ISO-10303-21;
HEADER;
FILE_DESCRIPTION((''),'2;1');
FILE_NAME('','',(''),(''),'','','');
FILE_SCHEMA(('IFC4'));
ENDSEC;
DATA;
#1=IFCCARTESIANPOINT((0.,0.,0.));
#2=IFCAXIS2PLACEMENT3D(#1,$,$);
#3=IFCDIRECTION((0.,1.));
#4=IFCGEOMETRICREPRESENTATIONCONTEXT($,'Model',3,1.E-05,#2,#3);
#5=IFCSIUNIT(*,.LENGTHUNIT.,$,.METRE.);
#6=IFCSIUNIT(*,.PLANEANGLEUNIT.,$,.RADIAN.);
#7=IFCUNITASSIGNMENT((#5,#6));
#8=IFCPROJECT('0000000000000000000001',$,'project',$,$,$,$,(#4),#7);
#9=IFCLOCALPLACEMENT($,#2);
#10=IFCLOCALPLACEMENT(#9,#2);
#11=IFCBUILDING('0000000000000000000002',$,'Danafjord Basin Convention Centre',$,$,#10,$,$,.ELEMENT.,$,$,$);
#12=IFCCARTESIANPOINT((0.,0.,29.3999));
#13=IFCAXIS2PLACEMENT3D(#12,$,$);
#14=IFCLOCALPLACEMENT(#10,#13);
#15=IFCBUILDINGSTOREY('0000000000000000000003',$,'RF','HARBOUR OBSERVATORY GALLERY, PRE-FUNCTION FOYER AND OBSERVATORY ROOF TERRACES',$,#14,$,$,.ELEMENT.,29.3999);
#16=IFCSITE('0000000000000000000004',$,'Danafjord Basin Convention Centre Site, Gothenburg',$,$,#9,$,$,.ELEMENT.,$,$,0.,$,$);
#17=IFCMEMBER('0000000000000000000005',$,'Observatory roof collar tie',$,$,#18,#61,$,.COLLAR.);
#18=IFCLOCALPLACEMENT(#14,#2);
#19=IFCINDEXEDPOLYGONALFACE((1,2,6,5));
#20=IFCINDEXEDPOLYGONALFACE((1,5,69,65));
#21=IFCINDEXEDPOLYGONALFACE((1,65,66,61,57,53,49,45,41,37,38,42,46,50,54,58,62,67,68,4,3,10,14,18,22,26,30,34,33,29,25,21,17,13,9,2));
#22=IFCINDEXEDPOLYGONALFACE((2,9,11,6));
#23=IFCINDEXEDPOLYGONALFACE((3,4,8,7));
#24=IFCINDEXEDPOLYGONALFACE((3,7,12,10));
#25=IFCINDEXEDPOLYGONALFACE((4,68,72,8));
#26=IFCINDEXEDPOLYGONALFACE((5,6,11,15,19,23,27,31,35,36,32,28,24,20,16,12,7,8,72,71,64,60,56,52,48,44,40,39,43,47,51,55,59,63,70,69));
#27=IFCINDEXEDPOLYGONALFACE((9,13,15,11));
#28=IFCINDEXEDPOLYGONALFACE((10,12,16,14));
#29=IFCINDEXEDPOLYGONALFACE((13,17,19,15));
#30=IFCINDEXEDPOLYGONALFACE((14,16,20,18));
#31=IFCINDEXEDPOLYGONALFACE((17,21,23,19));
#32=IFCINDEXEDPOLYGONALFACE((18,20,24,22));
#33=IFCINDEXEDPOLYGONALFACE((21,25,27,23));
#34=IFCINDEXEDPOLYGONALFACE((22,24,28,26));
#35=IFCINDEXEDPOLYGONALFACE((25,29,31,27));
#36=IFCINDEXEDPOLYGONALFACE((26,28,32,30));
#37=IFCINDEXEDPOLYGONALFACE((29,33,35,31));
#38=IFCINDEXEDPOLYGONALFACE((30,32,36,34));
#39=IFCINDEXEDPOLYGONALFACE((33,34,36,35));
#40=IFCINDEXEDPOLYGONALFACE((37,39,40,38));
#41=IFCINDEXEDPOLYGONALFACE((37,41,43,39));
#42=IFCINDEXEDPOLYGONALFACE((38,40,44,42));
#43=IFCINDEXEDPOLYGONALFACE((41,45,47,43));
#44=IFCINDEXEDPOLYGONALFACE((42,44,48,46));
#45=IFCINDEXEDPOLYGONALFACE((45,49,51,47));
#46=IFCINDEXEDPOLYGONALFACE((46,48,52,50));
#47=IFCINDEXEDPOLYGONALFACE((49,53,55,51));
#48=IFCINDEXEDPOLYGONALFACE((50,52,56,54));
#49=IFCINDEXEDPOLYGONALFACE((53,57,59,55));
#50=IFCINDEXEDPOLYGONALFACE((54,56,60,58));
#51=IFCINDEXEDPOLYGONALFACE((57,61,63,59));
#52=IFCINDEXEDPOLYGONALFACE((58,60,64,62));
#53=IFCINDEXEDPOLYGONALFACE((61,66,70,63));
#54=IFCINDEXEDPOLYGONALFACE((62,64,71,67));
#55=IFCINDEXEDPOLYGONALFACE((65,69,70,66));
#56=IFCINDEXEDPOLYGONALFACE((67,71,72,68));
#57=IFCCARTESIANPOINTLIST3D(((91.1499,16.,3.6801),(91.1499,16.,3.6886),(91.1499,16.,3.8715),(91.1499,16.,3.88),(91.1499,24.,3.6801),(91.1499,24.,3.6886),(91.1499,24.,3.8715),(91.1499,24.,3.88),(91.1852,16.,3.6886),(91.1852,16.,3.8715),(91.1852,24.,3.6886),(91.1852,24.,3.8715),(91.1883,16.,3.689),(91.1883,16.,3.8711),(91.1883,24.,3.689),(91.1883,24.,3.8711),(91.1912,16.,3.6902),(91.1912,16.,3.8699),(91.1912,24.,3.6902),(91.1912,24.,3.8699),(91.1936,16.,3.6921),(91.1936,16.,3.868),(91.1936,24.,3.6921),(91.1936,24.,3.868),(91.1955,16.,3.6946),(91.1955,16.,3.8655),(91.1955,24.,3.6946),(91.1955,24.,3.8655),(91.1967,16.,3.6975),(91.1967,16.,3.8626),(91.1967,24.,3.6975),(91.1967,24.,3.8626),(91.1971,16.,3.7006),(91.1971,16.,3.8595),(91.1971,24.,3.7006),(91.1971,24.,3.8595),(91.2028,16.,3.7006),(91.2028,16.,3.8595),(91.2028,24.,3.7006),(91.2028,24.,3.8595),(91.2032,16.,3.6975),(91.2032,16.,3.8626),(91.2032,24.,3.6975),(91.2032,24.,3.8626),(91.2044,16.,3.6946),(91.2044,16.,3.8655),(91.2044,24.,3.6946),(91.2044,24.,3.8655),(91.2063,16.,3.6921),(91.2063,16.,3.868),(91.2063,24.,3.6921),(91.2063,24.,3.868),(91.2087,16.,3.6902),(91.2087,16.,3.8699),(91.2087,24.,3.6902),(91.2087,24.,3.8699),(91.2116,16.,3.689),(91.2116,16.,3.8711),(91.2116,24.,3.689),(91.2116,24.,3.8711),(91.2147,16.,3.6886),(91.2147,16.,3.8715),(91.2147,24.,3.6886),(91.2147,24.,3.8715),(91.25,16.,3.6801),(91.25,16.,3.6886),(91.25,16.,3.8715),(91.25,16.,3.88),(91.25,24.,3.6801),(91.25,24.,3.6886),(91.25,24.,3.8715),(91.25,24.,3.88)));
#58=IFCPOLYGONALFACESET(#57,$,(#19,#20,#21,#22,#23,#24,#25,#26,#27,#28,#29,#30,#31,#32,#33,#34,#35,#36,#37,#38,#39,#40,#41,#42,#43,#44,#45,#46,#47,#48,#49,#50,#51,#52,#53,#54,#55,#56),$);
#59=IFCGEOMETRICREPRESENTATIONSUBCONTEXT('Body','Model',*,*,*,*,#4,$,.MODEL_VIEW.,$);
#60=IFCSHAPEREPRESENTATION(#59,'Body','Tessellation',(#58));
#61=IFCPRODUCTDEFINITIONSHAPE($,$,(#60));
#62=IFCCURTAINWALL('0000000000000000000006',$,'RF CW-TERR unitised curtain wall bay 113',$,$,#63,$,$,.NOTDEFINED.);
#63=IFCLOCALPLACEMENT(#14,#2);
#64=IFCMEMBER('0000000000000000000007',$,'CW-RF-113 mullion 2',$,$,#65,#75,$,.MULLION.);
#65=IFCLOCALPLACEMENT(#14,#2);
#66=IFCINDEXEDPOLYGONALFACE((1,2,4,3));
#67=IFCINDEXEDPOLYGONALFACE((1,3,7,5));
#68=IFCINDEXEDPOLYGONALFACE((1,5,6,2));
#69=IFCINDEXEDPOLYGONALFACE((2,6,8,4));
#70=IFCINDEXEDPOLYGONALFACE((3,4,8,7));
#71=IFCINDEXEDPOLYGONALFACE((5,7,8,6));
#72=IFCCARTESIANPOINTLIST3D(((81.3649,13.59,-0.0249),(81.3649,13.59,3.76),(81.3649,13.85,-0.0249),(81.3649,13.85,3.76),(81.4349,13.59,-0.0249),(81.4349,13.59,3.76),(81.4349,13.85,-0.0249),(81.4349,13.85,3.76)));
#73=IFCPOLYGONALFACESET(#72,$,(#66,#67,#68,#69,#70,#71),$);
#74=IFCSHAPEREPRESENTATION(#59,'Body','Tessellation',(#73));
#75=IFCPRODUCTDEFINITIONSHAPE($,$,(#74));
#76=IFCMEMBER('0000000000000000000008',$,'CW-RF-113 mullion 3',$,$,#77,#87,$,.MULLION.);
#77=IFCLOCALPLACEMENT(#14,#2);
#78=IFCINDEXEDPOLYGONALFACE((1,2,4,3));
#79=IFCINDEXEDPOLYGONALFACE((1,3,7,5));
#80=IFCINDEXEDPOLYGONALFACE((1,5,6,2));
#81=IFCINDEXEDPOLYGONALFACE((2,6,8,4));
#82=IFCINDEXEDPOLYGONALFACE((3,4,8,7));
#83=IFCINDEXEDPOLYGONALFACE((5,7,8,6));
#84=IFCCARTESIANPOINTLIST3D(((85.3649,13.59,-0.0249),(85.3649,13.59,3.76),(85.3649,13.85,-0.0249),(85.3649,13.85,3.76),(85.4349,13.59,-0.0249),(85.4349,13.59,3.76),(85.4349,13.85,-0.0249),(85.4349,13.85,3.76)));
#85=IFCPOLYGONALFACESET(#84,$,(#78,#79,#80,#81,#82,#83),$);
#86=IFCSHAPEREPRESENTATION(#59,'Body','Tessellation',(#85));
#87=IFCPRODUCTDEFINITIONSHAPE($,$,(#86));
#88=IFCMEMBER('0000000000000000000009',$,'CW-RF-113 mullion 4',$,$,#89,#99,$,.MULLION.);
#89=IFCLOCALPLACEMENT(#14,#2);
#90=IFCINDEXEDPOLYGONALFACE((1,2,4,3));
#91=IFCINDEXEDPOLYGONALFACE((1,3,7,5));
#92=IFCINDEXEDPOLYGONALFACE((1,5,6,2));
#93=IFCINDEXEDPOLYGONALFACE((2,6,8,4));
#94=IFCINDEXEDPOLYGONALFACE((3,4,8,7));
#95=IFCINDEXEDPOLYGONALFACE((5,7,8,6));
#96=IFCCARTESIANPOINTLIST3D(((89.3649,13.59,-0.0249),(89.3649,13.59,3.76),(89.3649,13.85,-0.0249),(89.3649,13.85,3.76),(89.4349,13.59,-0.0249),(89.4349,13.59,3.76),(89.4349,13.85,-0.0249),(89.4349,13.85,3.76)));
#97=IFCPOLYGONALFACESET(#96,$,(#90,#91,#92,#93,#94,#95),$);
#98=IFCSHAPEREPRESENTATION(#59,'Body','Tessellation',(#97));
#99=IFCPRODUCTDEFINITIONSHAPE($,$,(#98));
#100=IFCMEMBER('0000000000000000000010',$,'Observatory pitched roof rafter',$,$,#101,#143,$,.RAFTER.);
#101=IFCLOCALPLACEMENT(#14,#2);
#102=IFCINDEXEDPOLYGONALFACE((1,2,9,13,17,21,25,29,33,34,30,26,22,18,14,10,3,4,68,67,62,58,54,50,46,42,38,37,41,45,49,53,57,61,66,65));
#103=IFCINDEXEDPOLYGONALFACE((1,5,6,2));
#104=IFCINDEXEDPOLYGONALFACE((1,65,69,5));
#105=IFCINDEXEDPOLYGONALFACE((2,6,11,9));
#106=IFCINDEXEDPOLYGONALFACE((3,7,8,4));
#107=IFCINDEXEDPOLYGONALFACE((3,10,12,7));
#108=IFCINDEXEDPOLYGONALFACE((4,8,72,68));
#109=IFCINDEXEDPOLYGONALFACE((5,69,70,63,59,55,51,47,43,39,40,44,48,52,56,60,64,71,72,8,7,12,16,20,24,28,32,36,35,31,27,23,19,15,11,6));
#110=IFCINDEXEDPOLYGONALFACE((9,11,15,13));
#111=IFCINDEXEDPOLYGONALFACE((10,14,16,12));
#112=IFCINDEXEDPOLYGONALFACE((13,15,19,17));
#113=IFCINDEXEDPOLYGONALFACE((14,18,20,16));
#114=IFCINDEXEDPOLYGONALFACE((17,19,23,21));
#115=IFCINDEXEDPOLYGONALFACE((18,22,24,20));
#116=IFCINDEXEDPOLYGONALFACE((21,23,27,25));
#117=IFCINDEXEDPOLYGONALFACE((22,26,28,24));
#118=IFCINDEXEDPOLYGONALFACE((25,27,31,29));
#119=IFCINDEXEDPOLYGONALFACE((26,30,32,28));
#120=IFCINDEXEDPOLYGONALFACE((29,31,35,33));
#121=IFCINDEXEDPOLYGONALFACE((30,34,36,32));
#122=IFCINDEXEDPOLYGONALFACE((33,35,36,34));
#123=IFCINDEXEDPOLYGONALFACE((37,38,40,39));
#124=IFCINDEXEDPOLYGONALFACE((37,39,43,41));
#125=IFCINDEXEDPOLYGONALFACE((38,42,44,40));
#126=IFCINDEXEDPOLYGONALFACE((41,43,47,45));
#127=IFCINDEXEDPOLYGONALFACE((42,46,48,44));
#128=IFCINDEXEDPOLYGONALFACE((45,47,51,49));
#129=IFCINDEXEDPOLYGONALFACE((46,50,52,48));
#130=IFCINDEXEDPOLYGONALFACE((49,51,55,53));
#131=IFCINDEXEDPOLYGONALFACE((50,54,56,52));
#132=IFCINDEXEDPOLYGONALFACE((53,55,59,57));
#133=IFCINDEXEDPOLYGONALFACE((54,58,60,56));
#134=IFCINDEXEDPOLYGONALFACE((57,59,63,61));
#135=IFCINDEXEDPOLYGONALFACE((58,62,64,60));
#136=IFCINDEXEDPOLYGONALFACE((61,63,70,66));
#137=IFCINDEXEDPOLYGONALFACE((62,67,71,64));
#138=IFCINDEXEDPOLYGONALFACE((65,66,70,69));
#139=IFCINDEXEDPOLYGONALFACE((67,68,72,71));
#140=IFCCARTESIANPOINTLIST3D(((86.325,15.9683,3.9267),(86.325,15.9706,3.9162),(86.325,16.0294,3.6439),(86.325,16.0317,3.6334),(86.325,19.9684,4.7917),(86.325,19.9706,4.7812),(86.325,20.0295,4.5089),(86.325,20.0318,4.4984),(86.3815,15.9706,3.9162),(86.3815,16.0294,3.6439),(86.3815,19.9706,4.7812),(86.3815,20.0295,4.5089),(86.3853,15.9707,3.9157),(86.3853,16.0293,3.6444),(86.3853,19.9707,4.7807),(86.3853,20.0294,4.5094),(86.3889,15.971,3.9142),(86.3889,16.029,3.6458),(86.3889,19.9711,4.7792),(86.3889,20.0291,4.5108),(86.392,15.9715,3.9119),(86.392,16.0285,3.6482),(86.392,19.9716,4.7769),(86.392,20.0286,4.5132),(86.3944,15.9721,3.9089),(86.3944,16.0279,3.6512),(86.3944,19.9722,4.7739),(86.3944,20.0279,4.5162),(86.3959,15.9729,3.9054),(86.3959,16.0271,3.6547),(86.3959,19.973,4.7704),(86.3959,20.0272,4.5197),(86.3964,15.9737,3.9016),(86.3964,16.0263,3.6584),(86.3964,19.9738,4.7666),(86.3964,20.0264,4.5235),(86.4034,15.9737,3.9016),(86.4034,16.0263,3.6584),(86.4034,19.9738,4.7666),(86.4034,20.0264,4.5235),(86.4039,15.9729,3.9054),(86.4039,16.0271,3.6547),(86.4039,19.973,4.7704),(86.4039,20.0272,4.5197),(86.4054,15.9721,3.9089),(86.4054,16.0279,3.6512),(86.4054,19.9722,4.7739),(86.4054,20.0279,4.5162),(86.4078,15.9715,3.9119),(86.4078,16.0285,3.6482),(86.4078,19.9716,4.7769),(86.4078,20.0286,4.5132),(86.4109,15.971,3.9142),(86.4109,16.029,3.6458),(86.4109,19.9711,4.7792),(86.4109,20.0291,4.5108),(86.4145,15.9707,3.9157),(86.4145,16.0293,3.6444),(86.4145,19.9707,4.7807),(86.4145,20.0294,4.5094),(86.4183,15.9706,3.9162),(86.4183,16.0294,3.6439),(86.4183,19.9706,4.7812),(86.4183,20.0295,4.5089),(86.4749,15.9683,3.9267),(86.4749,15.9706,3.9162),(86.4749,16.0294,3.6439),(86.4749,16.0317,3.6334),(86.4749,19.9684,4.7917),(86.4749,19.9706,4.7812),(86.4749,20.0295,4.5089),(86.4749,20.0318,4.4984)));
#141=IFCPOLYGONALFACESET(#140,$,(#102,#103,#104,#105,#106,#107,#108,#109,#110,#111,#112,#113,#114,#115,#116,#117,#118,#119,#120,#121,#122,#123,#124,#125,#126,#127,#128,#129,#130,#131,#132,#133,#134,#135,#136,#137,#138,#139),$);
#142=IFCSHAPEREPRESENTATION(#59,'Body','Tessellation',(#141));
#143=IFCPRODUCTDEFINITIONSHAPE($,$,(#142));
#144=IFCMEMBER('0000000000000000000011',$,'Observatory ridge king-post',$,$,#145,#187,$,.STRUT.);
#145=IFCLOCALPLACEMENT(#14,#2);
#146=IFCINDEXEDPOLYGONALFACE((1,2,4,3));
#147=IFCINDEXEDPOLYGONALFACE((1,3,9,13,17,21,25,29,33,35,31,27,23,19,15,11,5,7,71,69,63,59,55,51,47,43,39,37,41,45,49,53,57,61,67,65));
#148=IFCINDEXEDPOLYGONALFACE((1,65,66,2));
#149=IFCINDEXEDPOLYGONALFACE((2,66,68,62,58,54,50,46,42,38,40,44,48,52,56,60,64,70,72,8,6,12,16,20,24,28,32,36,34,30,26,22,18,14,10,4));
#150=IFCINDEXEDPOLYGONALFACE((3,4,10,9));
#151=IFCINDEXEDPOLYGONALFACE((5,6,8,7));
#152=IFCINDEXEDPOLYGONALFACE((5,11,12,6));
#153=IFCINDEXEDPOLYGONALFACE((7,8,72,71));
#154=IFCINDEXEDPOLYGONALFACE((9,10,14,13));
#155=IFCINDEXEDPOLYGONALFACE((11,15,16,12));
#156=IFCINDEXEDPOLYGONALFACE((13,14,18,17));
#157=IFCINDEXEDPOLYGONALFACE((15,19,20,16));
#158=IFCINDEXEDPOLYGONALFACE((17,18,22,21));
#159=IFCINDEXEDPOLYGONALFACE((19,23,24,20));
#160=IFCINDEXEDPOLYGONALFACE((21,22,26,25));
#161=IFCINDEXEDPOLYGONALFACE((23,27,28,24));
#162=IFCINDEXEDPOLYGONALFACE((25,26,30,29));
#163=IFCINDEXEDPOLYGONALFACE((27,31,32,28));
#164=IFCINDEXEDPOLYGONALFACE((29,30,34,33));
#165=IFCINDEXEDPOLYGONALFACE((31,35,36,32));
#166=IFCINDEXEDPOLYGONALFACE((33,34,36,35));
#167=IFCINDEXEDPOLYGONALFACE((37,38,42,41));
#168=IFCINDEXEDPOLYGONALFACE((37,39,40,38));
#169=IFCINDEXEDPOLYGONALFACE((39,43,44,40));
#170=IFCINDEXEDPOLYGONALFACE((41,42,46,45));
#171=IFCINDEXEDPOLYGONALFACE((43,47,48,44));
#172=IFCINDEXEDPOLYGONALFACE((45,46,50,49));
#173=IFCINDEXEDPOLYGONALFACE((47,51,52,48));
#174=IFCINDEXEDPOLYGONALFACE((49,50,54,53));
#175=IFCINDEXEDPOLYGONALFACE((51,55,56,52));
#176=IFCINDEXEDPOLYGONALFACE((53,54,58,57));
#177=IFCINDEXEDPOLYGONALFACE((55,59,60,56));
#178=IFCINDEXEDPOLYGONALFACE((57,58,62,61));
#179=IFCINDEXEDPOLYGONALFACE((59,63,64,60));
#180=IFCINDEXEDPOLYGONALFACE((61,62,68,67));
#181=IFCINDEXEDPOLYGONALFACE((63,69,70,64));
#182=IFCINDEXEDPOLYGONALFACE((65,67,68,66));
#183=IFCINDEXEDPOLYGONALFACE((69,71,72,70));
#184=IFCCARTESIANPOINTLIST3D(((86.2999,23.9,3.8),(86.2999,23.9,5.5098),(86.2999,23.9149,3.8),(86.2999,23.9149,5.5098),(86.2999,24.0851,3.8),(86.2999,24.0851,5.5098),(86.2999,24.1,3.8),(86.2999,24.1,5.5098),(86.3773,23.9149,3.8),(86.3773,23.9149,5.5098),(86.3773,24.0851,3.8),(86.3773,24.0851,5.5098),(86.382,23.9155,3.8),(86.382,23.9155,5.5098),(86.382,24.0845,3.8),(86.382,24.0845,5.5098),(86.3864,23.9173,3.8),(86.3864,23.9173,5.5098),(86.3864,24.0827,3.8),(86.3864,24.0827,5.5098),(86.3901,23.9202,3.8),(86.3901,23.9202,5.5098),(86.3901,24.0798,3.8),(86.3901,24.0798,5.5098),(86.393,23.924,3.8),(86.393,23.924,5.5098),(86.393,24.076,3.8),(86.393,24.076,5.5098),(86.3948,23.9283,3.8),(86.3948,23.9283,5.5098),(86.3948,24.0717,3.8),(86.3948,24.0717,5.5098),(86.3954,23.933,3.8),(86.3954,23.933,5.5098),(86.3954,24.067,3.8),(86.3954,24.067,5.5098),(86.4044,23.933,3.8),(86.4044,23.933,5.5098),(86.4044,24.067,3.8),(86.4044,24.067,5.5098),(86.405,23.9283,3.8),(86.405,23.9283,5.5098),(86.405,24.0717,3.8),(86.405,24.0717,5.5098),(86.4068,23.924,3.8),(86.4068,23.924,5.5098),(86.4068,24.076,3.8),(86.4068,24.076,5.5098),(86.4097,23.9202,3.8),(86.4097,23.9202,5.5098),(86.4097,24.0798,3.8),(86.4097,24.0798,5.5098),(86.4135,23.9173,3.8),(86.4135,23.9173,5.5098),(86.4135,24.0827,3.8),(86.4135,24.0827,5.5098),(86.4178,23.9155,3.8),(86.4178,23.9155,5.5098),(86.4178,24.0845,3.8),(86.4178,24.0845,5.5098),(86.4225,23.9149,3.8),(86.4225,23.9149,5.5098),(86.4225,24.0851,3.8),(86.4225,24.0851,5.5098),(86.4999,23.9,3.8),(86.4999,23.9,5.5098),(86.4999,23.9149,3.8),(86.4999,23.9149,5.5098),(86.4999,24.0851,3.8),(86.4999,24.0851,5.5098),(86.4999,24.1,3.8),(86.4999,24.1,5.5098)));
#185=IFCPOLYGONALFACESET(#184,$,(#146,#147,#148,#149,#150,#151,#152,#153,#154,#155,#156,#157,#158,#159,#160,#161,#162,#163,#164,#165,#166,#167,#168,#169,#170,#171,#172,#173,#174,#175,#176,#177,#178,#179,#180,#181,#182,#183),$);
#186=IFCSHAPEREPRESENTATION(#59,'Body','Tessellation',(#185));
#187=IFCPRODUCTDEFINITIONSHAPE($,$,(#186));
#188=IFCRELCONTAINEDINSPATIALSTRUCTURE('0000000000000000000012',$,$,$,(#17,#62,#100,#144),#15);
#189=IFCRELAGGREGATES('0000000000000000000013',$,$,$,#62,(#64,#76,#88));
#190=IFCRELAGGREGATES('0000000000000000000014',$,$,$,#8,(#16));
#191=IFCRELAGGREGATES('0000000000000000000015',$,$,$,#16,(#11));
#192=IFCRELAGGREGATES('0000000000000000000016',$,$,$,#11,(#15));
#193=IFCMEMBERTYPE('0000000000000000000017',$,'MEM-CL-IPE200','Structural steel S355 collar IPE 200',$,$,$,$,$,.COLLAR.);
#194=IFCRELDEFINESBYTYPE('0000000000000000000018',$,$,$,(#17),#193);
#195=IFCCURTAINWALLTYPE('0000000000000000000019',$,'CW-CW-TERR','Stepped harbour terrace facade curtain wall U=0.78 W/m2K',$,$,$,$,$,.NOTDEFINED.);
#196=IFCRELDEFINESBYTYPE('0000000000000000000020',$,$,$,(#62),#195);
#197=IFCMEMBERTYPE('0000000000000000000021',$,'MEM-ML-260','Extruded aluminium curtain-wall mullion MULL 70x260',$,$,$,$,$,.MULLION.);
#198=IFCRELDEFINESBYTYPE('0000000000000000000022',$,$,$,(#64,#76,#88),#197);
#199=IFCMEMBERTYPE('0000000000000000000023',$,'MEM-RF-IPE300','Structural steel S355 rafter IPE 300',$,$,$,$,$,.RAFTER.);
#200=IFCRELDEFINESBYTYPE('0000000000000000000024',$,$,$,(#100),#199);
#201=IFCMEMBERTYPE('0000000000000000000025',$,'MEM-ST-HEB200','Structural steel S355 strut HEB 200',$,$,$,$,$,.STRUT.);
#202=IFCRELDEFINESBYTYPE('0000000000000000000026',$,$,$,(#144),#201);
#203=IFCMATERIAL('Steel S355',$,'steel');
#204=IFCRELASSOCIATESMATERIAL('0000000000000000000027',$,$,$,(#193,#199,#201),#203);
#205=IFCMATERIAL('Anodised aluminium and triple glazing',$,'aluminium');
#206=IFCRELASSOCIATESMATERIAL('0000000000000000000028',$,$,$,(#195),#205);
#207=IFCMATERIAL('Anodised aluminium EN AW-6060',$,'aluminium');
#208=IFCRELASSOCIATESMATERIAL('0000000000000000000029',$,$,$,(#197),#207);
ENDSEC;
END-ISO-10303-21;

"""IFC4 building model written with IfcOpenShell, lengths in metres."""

from ifc_helpers import new_model, si_unit, direction, frame, origin, origin_2d, place, context, subcontext, project, spatial, rectangle, i_section, extrude, material, material_profile, profile_set, type_object, element, aggregate, save


model = new_model("IFC4")

# Units and contexts
model_context = context("Model", 3, precision=1e-05, world=origin(), true_north=direction((0.0, 1.0)))
body_context = subcontext(model_context, "Body", "Model", "MODEL_VIEW")
ifc_project = project(units=[si_unit("LENGTHUNIT", "METRE"), si_unit("PLANEANGLEUNIT", "RADIAN")], contexts=[model_context])

# Site, building, storey
site_placement = place(None, origin())
site = spatial("IfcSite", under=ifc_project, at=site_placement, Name="Danafjord Basin Convention Centre Site, Gothenburg", CompositionType="ELEMENT", RefElevation=0.0)
building_placement = place(site_placement, origin())
building = spatial("IfcBuilding", under=site, at=building_placement, Name="Danafjord Basin Convention Centre", CompositionType="ELEMENT")
storey_placement = place(building_placement, frame((0.0, 0.0, 29.3999)))
storey = spatial("IfcBuildingStorey", under=building, at=storey_placement, Name="RF", Description="HARBOUR OBSERVATORY GALLERY, PRE-FUNCTION FOYER AND OBSERVATORY ROOF TERRACES", CompositionType="ELEMENT", Elevation=29.3999)

# Shared definitions
ifc_material_1 = material(Name="Steel S355", Category="steel")

# Member
ifc_material_profile_1 = material_profile(ifc_material_1, i_section(OverallWidth=0.1001, OverallDepth=0.2, WebThickness=0.0056, FlangeThickness=0.0085, FilletRadius=0.012, at=origin_2d()), Name="IPE 200")
ifc_profile_set_1 = profile_set([ifc_material_profile_1], Name="Steel S355")
member_type_1 = type_object("IfcMemberType", Name="MEM-CL-IPE200", Description="Structural steel S355 collar IPE 200", PredefinedType="COLLAR", material=ifc_profile_set_1)
member_1_placement = place(storey_placement, frame((91.2, 16.0, 3.78), z_axis=(0.0, 1.0, 0.0), x_axis=(-1.0, 0.0, 0.0)))
element("IfcMember", 1, at=member_1_placement, inside=storey, type_object=member_type_1, Name="Observatory roof collar tie", PredefinedType="COLLAR", context=body_context, shape_type="SweptSolid", body=[
    extrude(i_section(OverallWidth=0.1001, OverallDepth=0.2, WebThickness=0.0056, FlangeThickness=0.0085, FilletRadius=0.012, at=origin_2d()), origin(), (0.0, 0.0, 1.0), 8.0),
])

# Curtain wall, members
ifc_material_2 = material(Name="Anodised aluminium and triple glazing", Category="aluminium")
curtain_wall_type = type_object("IfcCurtainWallType", Name="CW-CW-TERR", Description="Stepped harbour terrace facade curtain wall U=0.78 W/m2K", PredefinedType="NOTDEFINED", material=ifc_material_2)
curtain_wall_placement = place(storey_placement, origin())
curtain_wall = element("IfcCurtainWall", 2, at=curtain_wall_placement, inside=storey, type_object=curtain_wall_type, Name="RF CW-TERR unitised curtain wall bay 113", PredefinedType="NOTDEFINED")
ifc_material_3 = material(Name="Anodised aluminium EN AW-6060", Category="aluminium")
ifc_material_profile_2 = material_profile(ifc_material_3, rectangle(XDim=0.0701, YDim=0.26, at=origin_2d()), Name="MULL 70x260")
ifc_profile_set_2 = profile_set([ifc_material_profile_2], Name="Anodised aluminium EN AW-6060")
member_type_2 = type_object("IfcMemberType", Name="MEM-ML-260", Description="Extruded aluminium curtain-wall mullion MULL 70x260", PredefinedType="MULLION", material=ifc_profile_set_2)
member_2_placement = place(storey_placement, frame((81.3999, 13.72, -0.0249), z_axis=(0.0, 0.0, 1.0), x_axis=(1.0, 0.0, 0.0)))
member_2 = element("IfcMember", 3, at=member_2_placement, type_object=member_type_2, Name="CW-RF-113 mullion 2", PredefinedType="MULLION", context=body_context, shape_type="SweptSolid", body=[
    extrude(rectangle(XDim=0.0701, YDim=0.26, at=origin_2d()), origin(), (0.0, 0.0, 1.0), 3.7849),
])
member_3_placement = place(storey_placement, frame((85.3999, 13.72, -0.0249), z_axis=(0.0, 0.0, 1.0), x_axis=(1.0, 0.0, 0.0)))
member_3 = element("IfcMember", 4, at=member_3_placement, type_object=member_type_2, Name="CW-RF-113 mullion 3", PredefinedType="MULLION", context=body_context, shape_type="SweptSolid", body=[
    extrude(rectangle(XDim=0.0701, YDim=0.26, at=origin_2d()), origin(), (0.0, 0.0, 1.0), 3.7849),
])
member_4_placement = place(storey_placement, frame((89.3999, 13.72, -0.0249), z_axis=(0.0, 0.0, 1.0), x_axis=(1.0, 0.0, 0.0)))
member_4 = element("IfcMember", 5, at=member_4_placement, type_object=member_type_2, Name="CW-RF-113 mullion 4", PredefinedType="MULLION", context=body_context, shape_type="SweptSolid", body=[
    extrude(rectangle(XDim=0.0701, YDim=0.26, at=origin_2d()), origin(), (0.0, 0.0, 1.0), 3.7849),
])

# Members
ifc_material_profile_3 = material_profile(ifc_material_1, i_section(OverallWidth=0.1499, OverallDepth=0.3, WebThickness=0.0071, FlangeThickness=0.0107, FilletRadius=0.0149, at=origin_2d()), Name="IPE 300")
ifc_profile_set_3 = profile_set([ifc_material_profile_3], Name="Steel S355")
member_type_3 = type_object("IfcMemberType", Name="MEM-RF-IPE300", Description="Structural steel S355 rafter IPE 300", PredefinedType="RAFTER", material=ifc_profile_set_3)
member_5_placement = place(storey_placement, frame((86.3999, 16.0, 3.78), z_axis=(0.0, 0.977408, 0.211362), x_axis=(-1.0, 0.0, 0.0)))
element("IfcMember", 6, at=member_5_placement, inside=storey, type_object=member_type_3, Name="Observatory pitched roof rafter", PredefinedType="RAFTER", context=body_context, shape_type="SweptSolid", body=[
    extrude(i_section(OverallWidth=0.1499, OverallDepth=0.3, WebThickness=0.0071, FlangeThickness=0.0107, FilletRadius=0.0149, at=origin_2d()), origin(), (0.0, 0.0, 1.0), 4.0925),
])
ifc_material_profile_4 = material_profile(ifc_material_1, i_section(OverallWidth=0.2, OverallDepth=0.2, WebThickness=0.009, FlangeThickness=0.0149, FilletRadius=0.0181, at=origin_2d()), Name="HEB 200")
ifc_profile_set_4 = profile_set([ifc_material_profile_4], Name="Steel S355")
member_type_4 = type_object("IfcMemberType", Name="MEM-ST-HEB200", Description="Structural steel S355 strut HEB 200", PredefinedType="STRUT", material=ifc_profile_set_4)
member_6_placement = place(storey_placement, frame((86.3999, 24.0, 3.8), z_axis=(0.0, 0.0, 1.0), x_axis=(1.0, 0.0, 0.0)))
element("IfcMember", 7, at=member_6_placement, inside=storey, type_object=member_type_4, Name="Observatory ridge king-post", PredefinedType="STRUT", context=body_context, shape_type="SweptSolid", body=[
    extrude(i_section(OverallWidth=0.2, OverallDepth=0.2, WebThickness=0.009, FlangeThickness=0.0149, FilletRadius=0.0181, at=origin_2d()), origin(), (0.0, 0.0, 1.0), 1.7097),
])

aggregate(curtain_wall, [member_2, member_3, member_4])

save(model, "model.ifc")
